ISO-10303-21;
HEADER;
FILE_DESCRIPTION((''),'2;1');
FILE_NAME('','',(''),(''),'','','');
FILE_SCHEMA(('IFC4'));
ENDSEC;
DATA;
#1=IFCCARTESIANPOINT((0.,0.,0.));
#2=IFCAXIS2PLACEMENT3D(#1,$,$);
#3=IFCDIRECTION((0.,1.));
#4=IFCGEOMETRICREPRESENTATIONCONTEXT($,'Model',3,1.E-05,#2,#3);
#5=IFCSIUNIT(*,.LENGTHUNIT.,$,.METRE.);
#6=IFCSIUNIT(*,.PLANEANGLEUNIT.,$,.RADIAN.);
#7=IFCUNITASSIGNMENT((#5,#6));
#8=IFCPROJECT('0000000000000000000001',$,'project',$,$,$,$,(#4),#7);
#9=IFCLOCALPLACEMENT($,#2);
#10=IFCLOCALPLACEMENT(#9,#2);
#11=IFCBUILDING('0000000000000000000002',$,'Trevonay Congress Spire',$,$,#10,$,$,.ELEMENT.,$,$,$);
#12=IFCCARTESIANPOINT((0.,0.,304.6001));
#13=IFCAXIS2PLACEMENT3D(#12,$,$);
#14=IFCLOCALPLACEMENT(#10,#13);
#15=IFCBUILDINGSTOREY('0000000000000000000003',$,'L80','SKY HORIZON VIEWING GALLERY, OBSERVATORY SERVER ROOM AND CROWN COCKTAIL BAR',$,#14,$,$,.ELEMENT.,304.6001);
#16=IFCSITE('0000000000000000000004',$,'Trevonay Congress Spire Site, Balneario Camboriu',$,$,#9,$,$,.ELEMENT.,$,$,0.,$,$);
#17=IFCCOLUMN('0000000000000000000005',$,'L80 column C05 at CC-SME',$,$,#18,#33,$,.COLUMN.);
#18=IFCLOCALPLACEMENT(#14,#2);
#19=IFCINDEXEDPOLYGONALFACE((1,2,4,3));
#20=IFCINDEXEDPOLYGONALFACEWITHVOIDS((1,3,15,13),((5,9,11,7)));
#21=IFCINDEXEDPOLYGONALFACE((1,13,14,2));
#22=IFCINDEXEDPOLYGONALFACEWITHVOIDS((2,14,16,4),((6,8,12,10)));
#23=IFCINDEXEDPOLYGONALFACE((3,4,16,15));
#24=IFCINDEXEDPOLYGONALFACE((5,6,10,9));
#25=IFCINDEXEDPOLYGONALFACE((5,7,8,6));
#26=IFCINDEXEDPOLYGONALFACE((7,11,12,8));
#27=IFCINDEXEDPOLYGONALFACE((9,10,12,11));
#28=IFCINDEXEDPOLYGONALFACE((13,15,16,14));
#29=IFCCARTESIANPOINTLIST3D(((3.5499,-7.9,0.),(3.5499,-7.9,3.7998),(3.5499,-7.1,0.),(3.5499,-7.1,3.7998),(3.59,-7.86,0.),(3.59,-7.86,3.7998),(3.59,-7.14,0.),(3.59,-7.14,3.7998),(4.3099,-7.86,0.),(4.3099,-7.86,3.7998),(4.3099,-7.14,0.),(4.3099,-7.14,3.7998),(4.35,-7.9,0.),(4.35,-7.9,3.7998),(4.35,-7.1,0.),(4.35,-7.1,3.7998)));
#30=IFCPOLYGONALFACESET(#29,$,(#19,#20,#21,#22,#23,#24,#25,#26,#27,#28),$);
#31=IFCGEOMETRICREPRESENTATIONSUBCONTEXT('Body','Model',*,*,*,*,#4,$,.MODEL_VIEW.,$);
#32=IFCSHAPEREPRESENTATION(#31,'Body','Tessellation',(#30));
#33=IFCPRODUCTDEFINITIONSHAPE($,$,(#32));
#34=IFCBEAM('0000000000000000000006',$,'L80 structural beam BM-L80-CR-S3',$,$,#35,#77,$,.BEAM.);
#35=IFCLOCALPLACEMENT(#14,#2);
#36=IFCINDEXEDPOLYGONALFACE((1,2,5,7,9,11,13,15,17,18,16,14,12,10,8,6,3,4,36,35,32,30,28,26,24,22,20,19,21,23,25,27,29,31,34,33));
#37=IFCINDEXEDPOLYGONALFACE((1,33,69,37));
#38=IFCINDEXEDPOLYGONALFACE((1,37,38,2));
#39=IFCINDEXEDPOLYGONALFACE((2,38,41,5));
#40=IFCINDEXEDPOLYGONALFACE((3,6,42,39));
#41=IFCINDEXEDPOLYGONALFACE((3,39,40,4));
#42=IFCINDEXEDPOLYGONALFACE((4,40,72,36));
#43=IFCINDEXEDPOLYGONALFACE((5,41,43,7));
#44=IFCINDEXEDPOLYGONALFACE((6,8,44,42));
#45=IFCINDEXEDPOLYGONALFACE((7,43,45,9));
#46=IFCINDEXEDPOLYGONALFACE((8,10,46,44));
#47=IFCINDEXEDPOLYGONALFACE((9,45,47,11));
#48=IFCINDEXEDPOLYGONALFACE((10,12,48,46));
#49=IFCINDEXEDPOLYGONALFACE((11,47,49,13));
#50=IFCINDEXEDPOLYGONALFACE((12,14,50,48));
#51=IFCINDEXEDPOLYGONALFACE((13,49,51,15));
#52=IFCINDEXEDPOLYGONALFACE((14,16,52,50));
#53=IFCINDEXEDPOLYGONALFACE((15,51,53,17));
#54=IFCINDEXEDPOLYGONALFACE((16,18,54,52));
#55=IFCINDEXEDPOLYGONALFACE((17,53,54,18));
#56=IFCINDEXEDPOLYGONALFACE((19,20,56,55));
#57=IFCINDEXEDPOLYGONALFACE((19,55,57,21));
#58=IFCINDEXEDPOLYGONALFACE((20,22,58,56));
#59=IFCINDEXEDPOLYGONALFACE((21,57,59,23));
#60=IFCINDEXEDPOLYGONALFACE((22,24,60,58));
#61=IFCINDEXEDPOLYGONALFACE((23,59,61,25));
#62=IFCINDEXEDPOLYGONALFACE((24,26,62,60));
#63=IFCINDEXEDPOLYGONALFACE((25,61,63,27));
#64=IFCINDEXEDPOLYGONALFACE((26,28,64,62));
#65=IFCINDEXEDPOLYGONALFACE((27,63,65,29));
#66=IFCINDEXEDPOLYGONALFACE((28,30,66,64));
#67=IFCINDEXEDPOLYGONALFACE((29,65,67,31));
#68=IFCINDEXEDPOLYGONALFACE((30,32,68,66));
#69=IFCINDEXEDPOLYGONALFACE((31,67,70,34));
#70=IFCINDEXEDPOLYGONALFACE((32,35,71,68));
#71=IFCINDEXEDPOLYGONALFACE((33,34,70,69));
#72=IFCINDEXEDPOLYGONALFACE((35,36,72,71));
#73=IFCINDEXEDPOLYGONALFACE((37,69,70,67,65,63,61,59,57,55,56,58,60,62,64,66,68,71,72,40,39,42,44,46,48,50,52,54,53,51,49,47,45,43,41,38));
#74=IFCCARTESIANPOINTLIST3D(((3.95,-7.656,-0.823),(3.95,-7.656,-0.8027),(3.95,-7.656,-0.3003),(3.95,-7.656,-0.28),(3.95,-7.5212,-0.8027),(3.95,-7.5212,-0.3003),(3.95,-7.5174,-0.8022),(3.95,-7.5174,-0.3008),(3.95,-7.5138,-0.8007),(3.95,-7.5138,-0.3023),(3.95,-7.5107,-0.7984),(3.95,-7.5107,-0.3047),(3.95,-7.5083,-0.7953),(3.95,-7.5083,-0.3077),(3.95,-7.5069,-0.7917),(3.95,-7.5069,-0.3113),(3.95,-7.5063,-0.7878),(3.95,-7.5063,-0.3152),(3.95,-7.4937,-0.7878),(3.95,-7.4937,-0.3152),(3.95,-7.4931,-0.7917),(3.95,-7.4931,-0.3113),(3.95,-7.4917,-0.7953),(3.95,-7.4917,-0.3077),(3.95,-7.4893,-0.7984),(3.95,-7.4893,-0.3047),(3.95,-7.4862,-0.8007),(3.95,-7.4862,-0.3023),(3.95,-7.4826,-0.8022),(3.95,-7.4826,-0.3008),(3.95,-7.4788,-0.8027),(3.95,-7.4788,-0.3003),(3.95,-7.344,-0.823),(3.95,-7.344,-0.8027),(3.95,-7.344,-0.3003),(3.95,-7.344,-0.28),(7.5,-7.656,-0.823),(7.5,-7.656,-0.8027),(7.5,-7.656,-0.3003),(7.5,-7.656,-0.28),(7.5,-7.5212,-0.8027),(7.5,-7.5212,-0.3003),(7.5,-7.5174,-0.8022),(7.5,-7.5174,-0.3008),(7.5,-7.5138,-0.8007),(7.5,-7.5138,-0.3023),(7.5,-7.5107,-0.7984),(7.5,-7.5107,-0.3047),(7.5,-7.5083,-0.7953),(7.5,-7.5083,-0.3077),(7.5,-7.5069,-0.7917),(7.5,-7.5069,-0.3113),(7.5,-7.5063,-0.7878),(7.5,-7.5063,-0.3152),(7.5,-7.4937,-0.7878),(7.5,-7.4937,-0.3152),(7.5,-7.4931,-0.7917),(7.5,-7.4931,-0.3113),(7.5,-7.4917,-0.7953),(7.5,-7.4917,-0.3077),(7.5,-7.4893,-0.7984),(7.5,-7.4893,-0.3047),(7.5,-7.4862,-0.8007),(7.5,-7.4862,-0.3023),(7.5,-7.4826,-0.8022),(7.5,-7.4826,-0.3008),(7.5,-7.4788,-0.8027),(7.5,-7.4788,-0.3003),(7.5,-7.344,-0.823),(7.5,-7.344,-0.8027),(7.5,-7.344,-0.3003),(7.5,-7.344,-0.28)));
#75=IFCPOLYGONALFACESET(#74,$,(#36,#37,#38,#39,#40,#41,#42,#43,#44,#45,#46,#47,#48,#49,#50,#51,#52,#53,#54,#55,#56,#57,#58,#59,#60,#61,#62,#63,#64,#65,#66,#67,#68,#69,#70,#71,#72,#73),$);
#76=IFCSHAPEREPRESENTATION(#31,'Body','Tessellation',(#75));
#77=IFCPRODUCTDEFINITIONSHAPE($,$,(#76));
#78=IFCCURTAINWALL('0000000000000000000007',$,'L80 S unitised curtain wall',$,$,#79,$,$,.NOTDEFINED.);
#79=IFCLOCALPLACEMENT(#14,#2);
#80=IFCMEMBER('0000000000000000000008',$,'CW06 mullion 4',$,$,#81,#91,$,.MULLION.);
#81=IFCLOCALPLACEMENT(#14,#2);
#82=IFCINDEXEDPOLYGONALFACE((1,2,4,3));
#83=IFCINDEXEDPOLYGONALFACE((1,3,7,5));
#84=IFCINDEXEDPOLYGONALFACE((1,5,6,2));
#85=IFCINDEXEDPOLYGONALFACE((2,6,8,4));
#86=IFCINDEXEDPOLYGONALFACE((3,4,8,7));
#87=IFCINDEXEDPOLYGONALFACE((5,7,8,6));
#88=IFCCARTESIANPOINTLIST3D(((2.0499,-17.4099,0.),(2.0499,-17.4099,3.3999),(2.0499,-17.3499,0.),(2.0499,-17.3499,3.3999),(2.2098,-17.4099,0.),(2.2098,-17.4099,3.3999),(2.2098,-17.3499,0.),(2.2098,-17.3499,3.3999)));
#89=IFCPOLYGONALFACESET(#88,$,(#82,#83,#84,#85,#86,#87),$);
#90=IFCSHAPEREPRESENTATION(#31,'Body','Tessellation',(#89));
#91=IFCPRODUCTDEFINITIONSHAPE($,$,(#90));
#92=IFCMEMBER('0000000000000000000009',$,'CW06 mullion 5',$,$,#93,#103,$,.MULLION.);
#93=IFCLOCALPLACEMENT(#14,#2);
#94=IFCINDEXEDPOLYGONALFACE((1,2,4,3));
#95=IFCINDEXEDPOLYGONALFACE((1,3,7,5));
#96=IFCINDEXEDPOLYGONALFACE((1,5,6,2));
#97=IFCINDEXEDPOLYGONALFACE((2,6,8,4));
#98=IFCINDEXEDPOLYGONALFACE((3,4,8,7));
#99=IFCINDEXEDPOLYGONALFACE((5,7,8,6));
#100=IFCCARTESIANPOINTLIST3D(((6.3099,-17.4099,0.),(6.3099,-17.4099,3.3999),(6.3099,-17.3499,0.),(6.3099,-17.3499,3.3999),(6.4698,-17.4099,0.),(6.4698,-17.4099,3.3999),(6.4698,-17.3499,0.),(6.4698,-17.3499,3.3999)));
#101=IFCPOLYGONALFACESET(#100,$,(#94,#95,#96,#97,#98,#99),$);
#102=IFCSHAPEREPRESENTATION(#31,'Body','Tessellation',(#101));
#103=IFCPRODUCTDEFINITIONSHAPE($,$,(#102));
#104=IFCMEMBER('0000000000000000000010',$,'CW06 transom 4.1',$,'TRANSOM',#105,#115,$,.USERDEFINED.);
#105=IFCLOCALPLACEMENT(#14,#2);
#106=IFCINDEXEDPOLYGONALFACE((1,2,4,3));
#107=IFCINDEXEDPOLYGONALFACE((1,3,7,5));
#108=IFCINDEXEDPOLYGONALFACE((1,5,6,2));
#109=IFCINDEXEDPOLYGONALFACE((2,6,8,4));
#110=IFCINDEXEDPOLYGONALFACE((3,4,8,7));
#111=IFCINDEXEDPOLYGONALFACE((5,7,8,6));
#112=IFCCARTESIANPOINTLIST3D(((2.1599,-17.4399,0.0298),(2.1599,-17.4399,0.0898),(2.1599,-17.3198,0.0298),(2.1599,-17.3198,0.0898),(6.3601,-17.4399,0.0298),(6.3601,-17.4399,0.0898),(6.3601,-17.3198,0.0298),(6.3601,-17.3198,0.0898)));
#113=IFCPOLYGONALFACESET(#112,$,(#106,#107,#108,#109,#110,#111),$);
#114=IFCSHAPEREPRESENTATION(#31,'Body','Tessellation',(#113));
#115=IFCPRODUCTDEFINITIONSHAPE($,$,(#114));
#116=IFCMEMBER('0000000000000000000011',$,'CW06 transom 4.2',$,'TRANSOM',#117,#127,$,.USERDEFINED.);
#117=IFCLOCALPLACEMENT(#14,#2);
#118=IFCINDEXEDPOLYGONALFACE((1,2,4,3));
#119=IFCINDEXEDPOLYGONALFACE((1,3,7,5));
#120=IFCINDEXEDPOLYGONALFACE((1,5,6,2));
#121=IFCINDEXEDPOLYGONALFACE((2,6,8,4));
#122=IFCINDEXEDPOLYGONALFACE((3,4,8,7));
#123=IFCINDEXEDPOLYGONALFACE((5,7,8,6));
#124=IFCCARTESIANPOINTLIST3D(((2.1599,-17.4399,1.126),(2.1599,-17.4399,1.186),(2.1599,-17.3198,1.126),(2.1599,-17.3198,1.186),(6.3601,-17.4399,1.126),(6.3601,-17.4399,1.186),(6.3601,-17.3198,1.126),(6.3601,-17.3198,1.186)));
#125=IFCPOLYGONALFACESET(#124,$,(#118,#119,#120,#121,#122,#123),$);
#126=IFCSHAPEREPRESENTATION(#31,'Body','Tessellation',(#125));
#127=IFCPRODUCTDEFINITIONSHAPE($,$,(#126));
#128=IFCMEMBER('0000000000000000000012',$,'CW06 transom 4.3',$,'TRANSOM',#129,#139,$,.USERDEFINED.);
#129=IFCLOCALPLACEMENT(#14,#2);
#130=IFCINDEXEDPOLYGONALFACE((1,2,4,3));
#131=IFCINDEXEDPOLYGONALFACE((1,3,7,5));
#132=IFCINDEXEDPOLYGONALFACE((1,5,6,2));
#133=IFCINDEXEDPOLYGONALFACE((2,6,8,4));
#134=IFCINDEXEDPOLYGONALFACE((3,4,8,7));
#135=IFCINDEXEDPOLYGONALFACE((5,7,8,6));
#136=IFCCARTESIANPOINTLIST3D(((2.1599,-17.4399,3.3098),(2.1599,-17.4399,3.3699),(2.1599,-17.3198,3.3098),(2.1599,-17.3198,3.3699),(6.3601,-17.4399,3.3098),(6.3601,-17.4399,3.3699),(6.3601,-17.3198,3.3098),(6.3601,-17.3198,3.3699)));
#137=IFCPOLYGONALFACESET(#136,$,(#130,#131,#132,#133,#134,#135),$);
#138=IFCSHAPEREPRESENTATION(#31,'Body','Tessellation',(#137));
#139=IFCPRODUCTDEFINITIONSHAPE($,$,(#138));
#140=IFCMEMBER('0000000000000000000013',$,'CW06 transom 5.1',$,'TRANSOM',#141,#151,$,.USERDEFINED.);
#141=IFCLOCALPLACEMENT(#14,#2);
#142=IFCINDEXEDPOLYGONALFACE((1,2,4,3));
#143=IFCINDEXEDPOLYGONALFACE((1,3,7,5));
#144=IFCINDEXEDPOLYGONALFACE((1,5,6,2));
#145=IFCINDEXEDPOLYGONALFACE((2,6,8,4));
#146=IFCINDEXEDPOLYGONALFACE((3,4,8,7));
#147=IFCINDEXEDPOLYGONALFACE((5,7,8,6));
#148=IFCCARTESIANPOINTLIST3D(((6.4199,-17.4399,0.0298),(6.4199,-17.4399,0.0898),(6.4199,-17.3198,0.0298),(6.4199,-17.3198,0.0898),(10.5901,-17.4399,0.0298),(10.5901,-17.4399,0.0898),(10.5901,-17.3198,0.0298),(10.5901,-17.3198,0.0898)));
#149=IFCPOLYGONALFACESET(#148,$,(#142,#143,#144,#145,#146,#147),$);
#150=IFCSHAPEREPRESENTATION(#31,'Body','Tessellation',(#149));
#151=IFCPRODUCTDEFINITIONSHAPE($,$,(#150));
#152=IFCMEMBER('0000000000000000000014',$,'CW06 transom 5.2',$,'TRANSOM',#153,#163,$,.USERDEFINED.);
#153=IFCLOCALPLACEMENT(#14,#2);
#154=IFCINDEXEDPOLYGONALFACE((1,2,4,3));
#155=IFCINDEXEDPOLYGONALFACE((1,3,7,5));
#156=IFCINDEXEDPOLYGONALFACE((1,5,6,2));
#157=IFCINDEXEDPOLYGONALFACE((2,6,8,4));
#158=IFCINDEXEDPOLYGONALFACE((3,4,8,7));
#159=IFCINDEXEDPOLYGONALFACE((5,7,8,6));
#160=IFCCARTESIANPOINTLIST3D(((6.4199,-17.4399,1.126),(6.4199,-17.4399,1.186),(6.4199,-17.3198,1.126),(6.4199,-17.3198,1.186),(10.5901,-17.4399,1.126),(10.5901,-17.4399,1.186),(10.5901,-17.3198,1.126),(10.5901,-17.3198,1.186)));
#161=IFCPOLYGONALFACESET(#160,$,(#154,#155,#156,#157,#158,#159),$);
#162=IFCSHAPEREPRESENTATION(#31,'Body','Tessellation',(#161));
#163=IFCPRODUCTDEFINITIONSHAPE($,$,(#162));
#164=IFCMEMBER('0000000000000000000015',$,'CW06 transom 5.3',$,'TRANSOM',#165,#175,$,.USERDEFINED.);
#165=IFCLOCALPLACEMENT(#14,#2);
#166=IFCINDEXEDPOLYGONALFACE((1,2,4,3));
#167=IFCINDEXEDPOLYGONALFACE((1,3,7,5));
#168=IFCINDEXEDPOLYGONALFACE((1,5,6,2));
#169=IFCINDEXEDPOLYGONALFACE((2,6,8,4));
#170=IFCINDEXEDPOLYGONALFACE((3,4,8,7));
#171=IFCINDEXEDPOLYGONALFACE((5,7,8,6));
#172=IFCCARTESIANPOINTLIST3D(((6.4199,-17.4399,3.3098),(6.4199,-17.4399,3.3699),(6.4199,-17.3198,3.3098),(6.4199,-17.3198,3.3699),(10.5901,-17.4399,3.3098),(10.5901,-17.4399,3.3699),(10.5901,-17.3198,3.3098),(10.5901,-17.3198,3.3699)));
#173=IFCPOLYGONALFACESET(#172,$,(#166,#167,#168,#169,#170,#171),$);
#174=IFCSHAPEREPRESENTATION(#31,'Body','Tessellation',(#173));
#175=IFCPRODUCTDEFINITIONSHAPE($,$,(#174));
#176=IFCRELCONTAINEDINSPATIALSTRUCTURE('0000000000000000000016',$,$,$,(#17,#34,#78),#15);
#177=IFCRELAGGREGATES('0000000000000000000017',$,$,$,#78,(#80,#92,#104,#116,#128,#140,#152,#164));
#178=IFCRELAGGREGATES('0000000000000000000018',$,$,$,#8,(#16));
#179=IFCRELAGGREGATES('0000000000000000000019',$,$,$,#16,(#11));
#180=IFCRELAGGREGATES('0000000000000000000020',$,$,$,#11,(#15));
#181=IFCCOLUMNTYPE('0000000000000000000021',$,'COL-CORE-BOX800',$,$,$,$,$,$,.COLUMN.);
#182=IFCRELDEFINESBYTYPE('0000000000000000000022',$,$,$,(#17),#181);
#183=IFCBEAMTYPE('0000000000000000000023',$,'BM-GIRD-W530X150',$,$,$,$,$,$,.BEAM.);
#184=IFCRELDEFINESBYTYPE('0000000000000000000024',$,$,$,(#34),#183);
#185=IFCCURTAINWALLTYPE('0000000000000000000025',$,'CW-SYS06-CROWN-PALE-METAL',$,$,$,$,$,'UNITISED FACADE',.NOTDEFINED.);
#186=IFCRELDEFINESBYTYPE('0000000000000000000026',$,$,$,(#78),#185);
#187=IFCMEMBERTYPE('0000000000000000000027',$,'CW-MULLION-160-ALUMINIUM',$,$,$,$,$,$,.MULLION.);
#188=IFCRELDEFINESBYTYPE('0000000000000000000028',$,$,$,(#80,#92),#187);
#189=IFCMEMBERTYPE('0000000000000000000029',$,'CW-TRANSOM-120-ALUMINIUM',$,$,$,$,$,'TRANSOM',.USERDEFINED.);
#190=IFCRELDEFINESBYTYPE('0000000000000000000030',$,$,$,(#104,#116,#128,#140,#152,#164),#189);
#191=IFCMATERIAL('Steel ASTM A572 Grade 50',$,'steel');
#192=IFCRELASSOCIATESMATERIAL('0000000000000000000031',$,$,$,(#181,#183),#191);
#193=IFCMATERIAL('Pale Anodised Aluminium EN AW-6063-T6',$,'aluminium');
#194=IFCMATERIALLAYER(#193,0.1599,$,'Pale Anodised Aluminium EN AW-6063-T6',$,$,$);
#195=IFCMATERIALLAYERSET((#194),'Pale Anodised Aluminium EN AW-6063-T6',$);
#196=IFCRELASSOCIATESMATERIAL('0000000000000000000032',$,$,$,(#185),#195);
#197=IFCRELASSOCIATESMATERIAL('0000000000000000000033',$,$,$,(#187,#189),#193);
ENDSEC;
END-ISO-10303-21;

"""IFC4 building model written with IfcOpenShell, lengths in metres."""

from ifc_helpers import new_model, si_unit, direction, frame, origin, origin_2d, place, context, subcontext, project, spatial, rectangle, hollow_rectangle, i_section, extrude, material, layer, layer_set, material_profile, profile_set, type_object, element, aggregate, save


model = new_model("IFC4")

# Units and contexts
model_context = context("Model", 3, precision=1e-05, world=origin(), true_north=direction((0.0, 1.0)))
body_context = subcontext(model_context, "Body", "Model", "MODEL_VIEW")
ifc_project = project(units=[si_unit("LENGTHUNIT", "METRE"), si_unit("PLANEANGLEUNIT", "RADIAN")], contexts=[model_context])

# Site, building, storey
site_placement = place(None, origin())
site = spatial("IfcSite", under=ifc_project, at=site_placement, Name="Trevonay Congress Spire Site, Balneario Camboriu", CompositionType="ELEMENT", RefElevation=0.0)
building_placement = place(site_placement, origin())
building = spatial("IfcBuilding", under=site, at=building_placement, Name="Trevonay Congress Spire", CompositionType="ELEMENT")
storey_placement = place(building_placement, frame((0.0, 0.0, 304.6001)))
storey = spatial("IfcBuildingStorey", under=building, at=storey_placement, Name="L80", Description="SKY HORIZON VIEWING GALLERY, OBSERVATORY SERVER ROOM AND CROWN COCKTAIL BAR", CompositionType="ELEMENT", Elevation=304.6001)

# Column
ifc_material_1 = material(Name="Steel ASTM A572 Grade 50", Category="steel")
ifc_material_profile_1 = material_profile(ifc_material_1, hollow_rectangle(XDim=0.8, YDim=0.8, WallThickness=0.04, at=origin_2d()), Name="BOX 800x800x40")
ifc_profile_set_1 = profile_set([ifc_material_profile_1], Name="Steel ASTM A572 Grade 50")
column_type = type_object("IfcColumnType", Name="COL-CORE-BOX800", PredefinedType="COLUMN", material=ifc_profile_set_1)
column_placement = place(storey_placement, frame((3.95, -7.5, 0.0), z_axis=(0.0, 0.0, 1.0), x_axis=(1.0, 0.0, 0.0)))
element("IfcColumn", 1, at=column_placement, inside=storey, type_object=column_type, Name="L80 column C05 at CC-SME", PredefinedType="COLUMN", context=body_context, shape_type="SweptSolid", body=[
    extrude(hollow_rectangle(XDim=0.8, YDim=0.8, WallThickness=0.04, at=origin_2d()), origin(), (0.0, 0.0, 1.0), 3.7998),
])

# Beam
ifc_material_profile_2 = material_profile(ifc_material_1, i_section(OverallWidth=0.312, OverallDepth=0.543, WebThickness=0.0127, FlangeThickness=0.0203, FilletRadius=0.0149, at=origin_2d()), Name="W530x150")
ifc_profile_set_2 = profile_set([ifc_material_profile_2], Name="Steel ASTM A572 Grade 50")
beam_type_1 = type_object("IfcBeamType", Name="BM-GIRD-W530X150", PredefinedType="BEAM", material=ifc_profile_set_2)
beam_1_placement = place(storey_placement, frame((3.95, -7.5, -0.5515), z_axis=(1.0, 0.0, 0.0), x_axis=(0.0, 1.0, 0.0)))
element("IfcBeam", 2, at=beam_1_placement, inside=storey, type_object=beam_type_1, Name="L80 structural beam BM-L80-CR-S3", PredefinedType="BEAM", context=body_context, shape_type="SweptSolid", body=[
    extrude(i_section(OverallWidth=0.312, OverallDepth=0.543, WebThickness=0.0127, FlangeThickness=0.0203, FilletRadius=0.0149, at=origin_2d()), origin(), (0.0, 0.0, 1.0), 3.55),
])

# Curtain wall, members
ifc_material_2 = material(Name="Pale Anodised Aluminium EN AW-6063-T6", Category="aluminium")
ifc_layer_1 = layer(ifc_material_2, 0.1599, Name="Pale Anodised Aluminium EN AW-6063-T6")
ifc_layer_set_1 = layer_set([ifc_layer_1], Name="Pale Anodised Aluminium EN AW-6063-T6")
curtain_wall_type = type_object("IfcCurtainWallType", Name="CW-SYS06-CROWN-PALE-METAL", ElementType="UNITISED FACADE", PredefinedType="NOTDEFINED", material=ifc_layer_set_1)
curtain_wall_placement = place(storey_placement, origin())
curtain_wall = element("IfcCurtainWall", 3, at=curtain_wall_placement, inside=storey, type_object=curtain_wall_type, Name="L80 S unitised curtain wall", PredefinedType="NOTDEFINED")
ifc_material_profile_3 = material_profile(ifc_material_2, rectangle(XDim=0.0601, YDim=0.1599, at=origin_2d()), Name="CW-MULLION-160-ALUMINIUM")
ifc_profile_set_3 = profile_set([ifc_material_profile_3], Name="Pale Anodised Aluminium EN AW-6063-T6")
member_type_1 = type_object("IfcMemberType", Name="CW-MULLION-160-ALUMINIUM", PredefinedType="MULLION", material=ifc_profile_set_3)
member_1_placement = place(storey_placement, frame((2.1299, -17.3799, 0.0), z_axis=(0.0, 0.0, 1.0), x_axis=(0.0, 1.0, 0.0)))
member_1 = element("IfcMember", 4, at=member_1_placement, type_object=member_type_1, Name="CW06 mullion 4", PredefinedType="MULLION", context=body_context, shape_type="SweptSolid", body=[
    extrude(rectangle(XDim=0.0601, YDim=0.1599, at=origin_2d()), origin(), (0.0, 0.0, 1.0), 3.3999),
])
member_2_placement = place(storey_placement, frame((6.3899, -17.3799, 0.0), z_axis=(0.0, 0.0, 1.0), x_axis=(0.0, 1.0, 0.0)))
member_2 = element("IfcMember", 5, at=member_2_placement, type_object=member_type_1, Name="CW06 mullion 5", PredefinedType="MULLION", context=body_context, shape_type="SweptSolid", body=[
    extrude(rectangle(XDim=0.0601, YDim=0.1599, at=origin_2d()), origin(), (0.0, 0.0, 1.0), 3.3999),
])
ifc_material_profile_4 = material_profile(ifc_material_2, rectangle(XDim=0.1201, YDim=0.0601, at=origin_2d()), Name="CW-TRANSOM-120-ALUMINIUM")
ifc_profile_set_4 = profile_set([ifc_material_profile_4], Name="Pale Anodised Aluminium EN AW-6063-T6")
member_type_2 = type_object("IfcMemberType", Name="CW-TRANSOM-120-ALUMINIUM", ElementType="TRANSOM", PredefinedType="USERDEFINED", material=ifc_profile_set_4)
member_3_placement = place(storey_placement, frame((2.1599, -17.3799, 0.0598), z_axis=(1.0, 0.0, 0.0), x_axis=(0.0, 1.0, 0.0)))
member_3 = element("IfcMember", 6, at=member_3_placement, type_object=member_type_2, Name="CW06 transom 4.1", ObjectType="TRANSOM", PredefinedType="USERDEFINED", context=body_context, shape_type="SweptSolid", body=[
    extrude(rectangle(XDim=0.1201, YDim=0.0601, at=origin_2d()), origin(), (0.0, 0.0, 1.0), 4.2002),
])
member_4_placement = place(storey_placement, frame((2.1599, -17.3799, 1.156), z_axis=(1.0, 0.0, 0.0), x_axis=(0.0, 1.0, 0.0)))
member_4 = element("IfcMember", 7, at=member_4_placement, type_object=member_type_2, Name="CW06 transom 4.2", ObjectType="TRANSOM", PredefinedType="USERDEFINED", context=body_context, shape_type="SweptSolid", body=[
    extrude(rectangle(XDim=0.1201, YDim=0.0601, at=origin_2d()), origin(), (0.0, 0.0, 1.0), 4.2002),
])
member_5_placement = place(storey_placement, frame((2.1599, -17.3799, 3.3398), z_axis=(1.0, 0.0, 0.0), x_axis=(0.0, 1.0, 0.0)))
member_5 = element("IfcMember", 8, at=member_5_placement, type_object=member_type_2, Name="CW06 transom 4.3", ObjectType="TRANSOM", PredefinedType="USERDEFINED", context=body_context, shape_type="SweptSolid", body=[
    extrude(rectangle(XDim=0.1201, YDim=0.0601, at=origin_2d()), origin(), (0.0, 0.0, 1.0), 4.2002),
])
member_6_placement = place(storey_placement, frame((6.4199, -17.3799, 0.0598), z_axis=(1.0, 0.0, 0.0), x_axis=(0.0, 1.0, 0.0)))
member_6 = element("IfcMember", 9, at=member_6_placement, type_object=member_type_2, Name="CW06 transom 5.1", ObjectType="TRANSOM", PredefinedType="USERDEFINED", context=body_context, shape_type="SweptSolid", body=[
    extrude(rectangle(XDim=0.1201, YDim=0.0601, at=origin_2d()), origin(), (0.0, 0.0, 1.0), 4.1702),
])
member_7_placement = place(storey_placement, frame((6.4199, -17.3799, 1.156), z_axis=(1.0, 0.0, 0.0), x_axis=(0.0, 1.0, 0.0)))
member_7 = element("IfcMember", 10, at=member_7_placement, type_object=member_type_2, Name="CW06 transom 5.2", ObjectType="TRANSOM", PredefinedType="USERDEFINED", context=body_context, shape_type="SweptSolid", body=[
    extrude(rectangle(XDim=0.1201, YDim=0.0601, at=origin_2d()), origin(), (0.0, 0.0, 1.0), 4.1702),
])
member_8_placement = place(storey_placement, frame((6.4199, -17.3799, 3.3398), z_axis=(1.0, 0.0, 0.0), x_axis=(0.0, 1.0, 0.0)))
member_8 = element("IfcMember", 11, at=member_8_placement, type_object=member_type_2, Name="CW06 transom 5.3", ObjectType="TRANSOM", PredefinedType="USERDEFINED", context=body_context, shape_type="SweptSolid", body=[
    extrude(rectangle(XDim=0.1201, YDim=0.0601, at=origin_2d()), origin(), (0.0, 0.0, 1.0), 4.1702),
])

aggregate(curtain_wall, [member_1, member_2, member_3, member_4, member_5, member_6, member_7, member_8])

save(model, "model.ifc")
